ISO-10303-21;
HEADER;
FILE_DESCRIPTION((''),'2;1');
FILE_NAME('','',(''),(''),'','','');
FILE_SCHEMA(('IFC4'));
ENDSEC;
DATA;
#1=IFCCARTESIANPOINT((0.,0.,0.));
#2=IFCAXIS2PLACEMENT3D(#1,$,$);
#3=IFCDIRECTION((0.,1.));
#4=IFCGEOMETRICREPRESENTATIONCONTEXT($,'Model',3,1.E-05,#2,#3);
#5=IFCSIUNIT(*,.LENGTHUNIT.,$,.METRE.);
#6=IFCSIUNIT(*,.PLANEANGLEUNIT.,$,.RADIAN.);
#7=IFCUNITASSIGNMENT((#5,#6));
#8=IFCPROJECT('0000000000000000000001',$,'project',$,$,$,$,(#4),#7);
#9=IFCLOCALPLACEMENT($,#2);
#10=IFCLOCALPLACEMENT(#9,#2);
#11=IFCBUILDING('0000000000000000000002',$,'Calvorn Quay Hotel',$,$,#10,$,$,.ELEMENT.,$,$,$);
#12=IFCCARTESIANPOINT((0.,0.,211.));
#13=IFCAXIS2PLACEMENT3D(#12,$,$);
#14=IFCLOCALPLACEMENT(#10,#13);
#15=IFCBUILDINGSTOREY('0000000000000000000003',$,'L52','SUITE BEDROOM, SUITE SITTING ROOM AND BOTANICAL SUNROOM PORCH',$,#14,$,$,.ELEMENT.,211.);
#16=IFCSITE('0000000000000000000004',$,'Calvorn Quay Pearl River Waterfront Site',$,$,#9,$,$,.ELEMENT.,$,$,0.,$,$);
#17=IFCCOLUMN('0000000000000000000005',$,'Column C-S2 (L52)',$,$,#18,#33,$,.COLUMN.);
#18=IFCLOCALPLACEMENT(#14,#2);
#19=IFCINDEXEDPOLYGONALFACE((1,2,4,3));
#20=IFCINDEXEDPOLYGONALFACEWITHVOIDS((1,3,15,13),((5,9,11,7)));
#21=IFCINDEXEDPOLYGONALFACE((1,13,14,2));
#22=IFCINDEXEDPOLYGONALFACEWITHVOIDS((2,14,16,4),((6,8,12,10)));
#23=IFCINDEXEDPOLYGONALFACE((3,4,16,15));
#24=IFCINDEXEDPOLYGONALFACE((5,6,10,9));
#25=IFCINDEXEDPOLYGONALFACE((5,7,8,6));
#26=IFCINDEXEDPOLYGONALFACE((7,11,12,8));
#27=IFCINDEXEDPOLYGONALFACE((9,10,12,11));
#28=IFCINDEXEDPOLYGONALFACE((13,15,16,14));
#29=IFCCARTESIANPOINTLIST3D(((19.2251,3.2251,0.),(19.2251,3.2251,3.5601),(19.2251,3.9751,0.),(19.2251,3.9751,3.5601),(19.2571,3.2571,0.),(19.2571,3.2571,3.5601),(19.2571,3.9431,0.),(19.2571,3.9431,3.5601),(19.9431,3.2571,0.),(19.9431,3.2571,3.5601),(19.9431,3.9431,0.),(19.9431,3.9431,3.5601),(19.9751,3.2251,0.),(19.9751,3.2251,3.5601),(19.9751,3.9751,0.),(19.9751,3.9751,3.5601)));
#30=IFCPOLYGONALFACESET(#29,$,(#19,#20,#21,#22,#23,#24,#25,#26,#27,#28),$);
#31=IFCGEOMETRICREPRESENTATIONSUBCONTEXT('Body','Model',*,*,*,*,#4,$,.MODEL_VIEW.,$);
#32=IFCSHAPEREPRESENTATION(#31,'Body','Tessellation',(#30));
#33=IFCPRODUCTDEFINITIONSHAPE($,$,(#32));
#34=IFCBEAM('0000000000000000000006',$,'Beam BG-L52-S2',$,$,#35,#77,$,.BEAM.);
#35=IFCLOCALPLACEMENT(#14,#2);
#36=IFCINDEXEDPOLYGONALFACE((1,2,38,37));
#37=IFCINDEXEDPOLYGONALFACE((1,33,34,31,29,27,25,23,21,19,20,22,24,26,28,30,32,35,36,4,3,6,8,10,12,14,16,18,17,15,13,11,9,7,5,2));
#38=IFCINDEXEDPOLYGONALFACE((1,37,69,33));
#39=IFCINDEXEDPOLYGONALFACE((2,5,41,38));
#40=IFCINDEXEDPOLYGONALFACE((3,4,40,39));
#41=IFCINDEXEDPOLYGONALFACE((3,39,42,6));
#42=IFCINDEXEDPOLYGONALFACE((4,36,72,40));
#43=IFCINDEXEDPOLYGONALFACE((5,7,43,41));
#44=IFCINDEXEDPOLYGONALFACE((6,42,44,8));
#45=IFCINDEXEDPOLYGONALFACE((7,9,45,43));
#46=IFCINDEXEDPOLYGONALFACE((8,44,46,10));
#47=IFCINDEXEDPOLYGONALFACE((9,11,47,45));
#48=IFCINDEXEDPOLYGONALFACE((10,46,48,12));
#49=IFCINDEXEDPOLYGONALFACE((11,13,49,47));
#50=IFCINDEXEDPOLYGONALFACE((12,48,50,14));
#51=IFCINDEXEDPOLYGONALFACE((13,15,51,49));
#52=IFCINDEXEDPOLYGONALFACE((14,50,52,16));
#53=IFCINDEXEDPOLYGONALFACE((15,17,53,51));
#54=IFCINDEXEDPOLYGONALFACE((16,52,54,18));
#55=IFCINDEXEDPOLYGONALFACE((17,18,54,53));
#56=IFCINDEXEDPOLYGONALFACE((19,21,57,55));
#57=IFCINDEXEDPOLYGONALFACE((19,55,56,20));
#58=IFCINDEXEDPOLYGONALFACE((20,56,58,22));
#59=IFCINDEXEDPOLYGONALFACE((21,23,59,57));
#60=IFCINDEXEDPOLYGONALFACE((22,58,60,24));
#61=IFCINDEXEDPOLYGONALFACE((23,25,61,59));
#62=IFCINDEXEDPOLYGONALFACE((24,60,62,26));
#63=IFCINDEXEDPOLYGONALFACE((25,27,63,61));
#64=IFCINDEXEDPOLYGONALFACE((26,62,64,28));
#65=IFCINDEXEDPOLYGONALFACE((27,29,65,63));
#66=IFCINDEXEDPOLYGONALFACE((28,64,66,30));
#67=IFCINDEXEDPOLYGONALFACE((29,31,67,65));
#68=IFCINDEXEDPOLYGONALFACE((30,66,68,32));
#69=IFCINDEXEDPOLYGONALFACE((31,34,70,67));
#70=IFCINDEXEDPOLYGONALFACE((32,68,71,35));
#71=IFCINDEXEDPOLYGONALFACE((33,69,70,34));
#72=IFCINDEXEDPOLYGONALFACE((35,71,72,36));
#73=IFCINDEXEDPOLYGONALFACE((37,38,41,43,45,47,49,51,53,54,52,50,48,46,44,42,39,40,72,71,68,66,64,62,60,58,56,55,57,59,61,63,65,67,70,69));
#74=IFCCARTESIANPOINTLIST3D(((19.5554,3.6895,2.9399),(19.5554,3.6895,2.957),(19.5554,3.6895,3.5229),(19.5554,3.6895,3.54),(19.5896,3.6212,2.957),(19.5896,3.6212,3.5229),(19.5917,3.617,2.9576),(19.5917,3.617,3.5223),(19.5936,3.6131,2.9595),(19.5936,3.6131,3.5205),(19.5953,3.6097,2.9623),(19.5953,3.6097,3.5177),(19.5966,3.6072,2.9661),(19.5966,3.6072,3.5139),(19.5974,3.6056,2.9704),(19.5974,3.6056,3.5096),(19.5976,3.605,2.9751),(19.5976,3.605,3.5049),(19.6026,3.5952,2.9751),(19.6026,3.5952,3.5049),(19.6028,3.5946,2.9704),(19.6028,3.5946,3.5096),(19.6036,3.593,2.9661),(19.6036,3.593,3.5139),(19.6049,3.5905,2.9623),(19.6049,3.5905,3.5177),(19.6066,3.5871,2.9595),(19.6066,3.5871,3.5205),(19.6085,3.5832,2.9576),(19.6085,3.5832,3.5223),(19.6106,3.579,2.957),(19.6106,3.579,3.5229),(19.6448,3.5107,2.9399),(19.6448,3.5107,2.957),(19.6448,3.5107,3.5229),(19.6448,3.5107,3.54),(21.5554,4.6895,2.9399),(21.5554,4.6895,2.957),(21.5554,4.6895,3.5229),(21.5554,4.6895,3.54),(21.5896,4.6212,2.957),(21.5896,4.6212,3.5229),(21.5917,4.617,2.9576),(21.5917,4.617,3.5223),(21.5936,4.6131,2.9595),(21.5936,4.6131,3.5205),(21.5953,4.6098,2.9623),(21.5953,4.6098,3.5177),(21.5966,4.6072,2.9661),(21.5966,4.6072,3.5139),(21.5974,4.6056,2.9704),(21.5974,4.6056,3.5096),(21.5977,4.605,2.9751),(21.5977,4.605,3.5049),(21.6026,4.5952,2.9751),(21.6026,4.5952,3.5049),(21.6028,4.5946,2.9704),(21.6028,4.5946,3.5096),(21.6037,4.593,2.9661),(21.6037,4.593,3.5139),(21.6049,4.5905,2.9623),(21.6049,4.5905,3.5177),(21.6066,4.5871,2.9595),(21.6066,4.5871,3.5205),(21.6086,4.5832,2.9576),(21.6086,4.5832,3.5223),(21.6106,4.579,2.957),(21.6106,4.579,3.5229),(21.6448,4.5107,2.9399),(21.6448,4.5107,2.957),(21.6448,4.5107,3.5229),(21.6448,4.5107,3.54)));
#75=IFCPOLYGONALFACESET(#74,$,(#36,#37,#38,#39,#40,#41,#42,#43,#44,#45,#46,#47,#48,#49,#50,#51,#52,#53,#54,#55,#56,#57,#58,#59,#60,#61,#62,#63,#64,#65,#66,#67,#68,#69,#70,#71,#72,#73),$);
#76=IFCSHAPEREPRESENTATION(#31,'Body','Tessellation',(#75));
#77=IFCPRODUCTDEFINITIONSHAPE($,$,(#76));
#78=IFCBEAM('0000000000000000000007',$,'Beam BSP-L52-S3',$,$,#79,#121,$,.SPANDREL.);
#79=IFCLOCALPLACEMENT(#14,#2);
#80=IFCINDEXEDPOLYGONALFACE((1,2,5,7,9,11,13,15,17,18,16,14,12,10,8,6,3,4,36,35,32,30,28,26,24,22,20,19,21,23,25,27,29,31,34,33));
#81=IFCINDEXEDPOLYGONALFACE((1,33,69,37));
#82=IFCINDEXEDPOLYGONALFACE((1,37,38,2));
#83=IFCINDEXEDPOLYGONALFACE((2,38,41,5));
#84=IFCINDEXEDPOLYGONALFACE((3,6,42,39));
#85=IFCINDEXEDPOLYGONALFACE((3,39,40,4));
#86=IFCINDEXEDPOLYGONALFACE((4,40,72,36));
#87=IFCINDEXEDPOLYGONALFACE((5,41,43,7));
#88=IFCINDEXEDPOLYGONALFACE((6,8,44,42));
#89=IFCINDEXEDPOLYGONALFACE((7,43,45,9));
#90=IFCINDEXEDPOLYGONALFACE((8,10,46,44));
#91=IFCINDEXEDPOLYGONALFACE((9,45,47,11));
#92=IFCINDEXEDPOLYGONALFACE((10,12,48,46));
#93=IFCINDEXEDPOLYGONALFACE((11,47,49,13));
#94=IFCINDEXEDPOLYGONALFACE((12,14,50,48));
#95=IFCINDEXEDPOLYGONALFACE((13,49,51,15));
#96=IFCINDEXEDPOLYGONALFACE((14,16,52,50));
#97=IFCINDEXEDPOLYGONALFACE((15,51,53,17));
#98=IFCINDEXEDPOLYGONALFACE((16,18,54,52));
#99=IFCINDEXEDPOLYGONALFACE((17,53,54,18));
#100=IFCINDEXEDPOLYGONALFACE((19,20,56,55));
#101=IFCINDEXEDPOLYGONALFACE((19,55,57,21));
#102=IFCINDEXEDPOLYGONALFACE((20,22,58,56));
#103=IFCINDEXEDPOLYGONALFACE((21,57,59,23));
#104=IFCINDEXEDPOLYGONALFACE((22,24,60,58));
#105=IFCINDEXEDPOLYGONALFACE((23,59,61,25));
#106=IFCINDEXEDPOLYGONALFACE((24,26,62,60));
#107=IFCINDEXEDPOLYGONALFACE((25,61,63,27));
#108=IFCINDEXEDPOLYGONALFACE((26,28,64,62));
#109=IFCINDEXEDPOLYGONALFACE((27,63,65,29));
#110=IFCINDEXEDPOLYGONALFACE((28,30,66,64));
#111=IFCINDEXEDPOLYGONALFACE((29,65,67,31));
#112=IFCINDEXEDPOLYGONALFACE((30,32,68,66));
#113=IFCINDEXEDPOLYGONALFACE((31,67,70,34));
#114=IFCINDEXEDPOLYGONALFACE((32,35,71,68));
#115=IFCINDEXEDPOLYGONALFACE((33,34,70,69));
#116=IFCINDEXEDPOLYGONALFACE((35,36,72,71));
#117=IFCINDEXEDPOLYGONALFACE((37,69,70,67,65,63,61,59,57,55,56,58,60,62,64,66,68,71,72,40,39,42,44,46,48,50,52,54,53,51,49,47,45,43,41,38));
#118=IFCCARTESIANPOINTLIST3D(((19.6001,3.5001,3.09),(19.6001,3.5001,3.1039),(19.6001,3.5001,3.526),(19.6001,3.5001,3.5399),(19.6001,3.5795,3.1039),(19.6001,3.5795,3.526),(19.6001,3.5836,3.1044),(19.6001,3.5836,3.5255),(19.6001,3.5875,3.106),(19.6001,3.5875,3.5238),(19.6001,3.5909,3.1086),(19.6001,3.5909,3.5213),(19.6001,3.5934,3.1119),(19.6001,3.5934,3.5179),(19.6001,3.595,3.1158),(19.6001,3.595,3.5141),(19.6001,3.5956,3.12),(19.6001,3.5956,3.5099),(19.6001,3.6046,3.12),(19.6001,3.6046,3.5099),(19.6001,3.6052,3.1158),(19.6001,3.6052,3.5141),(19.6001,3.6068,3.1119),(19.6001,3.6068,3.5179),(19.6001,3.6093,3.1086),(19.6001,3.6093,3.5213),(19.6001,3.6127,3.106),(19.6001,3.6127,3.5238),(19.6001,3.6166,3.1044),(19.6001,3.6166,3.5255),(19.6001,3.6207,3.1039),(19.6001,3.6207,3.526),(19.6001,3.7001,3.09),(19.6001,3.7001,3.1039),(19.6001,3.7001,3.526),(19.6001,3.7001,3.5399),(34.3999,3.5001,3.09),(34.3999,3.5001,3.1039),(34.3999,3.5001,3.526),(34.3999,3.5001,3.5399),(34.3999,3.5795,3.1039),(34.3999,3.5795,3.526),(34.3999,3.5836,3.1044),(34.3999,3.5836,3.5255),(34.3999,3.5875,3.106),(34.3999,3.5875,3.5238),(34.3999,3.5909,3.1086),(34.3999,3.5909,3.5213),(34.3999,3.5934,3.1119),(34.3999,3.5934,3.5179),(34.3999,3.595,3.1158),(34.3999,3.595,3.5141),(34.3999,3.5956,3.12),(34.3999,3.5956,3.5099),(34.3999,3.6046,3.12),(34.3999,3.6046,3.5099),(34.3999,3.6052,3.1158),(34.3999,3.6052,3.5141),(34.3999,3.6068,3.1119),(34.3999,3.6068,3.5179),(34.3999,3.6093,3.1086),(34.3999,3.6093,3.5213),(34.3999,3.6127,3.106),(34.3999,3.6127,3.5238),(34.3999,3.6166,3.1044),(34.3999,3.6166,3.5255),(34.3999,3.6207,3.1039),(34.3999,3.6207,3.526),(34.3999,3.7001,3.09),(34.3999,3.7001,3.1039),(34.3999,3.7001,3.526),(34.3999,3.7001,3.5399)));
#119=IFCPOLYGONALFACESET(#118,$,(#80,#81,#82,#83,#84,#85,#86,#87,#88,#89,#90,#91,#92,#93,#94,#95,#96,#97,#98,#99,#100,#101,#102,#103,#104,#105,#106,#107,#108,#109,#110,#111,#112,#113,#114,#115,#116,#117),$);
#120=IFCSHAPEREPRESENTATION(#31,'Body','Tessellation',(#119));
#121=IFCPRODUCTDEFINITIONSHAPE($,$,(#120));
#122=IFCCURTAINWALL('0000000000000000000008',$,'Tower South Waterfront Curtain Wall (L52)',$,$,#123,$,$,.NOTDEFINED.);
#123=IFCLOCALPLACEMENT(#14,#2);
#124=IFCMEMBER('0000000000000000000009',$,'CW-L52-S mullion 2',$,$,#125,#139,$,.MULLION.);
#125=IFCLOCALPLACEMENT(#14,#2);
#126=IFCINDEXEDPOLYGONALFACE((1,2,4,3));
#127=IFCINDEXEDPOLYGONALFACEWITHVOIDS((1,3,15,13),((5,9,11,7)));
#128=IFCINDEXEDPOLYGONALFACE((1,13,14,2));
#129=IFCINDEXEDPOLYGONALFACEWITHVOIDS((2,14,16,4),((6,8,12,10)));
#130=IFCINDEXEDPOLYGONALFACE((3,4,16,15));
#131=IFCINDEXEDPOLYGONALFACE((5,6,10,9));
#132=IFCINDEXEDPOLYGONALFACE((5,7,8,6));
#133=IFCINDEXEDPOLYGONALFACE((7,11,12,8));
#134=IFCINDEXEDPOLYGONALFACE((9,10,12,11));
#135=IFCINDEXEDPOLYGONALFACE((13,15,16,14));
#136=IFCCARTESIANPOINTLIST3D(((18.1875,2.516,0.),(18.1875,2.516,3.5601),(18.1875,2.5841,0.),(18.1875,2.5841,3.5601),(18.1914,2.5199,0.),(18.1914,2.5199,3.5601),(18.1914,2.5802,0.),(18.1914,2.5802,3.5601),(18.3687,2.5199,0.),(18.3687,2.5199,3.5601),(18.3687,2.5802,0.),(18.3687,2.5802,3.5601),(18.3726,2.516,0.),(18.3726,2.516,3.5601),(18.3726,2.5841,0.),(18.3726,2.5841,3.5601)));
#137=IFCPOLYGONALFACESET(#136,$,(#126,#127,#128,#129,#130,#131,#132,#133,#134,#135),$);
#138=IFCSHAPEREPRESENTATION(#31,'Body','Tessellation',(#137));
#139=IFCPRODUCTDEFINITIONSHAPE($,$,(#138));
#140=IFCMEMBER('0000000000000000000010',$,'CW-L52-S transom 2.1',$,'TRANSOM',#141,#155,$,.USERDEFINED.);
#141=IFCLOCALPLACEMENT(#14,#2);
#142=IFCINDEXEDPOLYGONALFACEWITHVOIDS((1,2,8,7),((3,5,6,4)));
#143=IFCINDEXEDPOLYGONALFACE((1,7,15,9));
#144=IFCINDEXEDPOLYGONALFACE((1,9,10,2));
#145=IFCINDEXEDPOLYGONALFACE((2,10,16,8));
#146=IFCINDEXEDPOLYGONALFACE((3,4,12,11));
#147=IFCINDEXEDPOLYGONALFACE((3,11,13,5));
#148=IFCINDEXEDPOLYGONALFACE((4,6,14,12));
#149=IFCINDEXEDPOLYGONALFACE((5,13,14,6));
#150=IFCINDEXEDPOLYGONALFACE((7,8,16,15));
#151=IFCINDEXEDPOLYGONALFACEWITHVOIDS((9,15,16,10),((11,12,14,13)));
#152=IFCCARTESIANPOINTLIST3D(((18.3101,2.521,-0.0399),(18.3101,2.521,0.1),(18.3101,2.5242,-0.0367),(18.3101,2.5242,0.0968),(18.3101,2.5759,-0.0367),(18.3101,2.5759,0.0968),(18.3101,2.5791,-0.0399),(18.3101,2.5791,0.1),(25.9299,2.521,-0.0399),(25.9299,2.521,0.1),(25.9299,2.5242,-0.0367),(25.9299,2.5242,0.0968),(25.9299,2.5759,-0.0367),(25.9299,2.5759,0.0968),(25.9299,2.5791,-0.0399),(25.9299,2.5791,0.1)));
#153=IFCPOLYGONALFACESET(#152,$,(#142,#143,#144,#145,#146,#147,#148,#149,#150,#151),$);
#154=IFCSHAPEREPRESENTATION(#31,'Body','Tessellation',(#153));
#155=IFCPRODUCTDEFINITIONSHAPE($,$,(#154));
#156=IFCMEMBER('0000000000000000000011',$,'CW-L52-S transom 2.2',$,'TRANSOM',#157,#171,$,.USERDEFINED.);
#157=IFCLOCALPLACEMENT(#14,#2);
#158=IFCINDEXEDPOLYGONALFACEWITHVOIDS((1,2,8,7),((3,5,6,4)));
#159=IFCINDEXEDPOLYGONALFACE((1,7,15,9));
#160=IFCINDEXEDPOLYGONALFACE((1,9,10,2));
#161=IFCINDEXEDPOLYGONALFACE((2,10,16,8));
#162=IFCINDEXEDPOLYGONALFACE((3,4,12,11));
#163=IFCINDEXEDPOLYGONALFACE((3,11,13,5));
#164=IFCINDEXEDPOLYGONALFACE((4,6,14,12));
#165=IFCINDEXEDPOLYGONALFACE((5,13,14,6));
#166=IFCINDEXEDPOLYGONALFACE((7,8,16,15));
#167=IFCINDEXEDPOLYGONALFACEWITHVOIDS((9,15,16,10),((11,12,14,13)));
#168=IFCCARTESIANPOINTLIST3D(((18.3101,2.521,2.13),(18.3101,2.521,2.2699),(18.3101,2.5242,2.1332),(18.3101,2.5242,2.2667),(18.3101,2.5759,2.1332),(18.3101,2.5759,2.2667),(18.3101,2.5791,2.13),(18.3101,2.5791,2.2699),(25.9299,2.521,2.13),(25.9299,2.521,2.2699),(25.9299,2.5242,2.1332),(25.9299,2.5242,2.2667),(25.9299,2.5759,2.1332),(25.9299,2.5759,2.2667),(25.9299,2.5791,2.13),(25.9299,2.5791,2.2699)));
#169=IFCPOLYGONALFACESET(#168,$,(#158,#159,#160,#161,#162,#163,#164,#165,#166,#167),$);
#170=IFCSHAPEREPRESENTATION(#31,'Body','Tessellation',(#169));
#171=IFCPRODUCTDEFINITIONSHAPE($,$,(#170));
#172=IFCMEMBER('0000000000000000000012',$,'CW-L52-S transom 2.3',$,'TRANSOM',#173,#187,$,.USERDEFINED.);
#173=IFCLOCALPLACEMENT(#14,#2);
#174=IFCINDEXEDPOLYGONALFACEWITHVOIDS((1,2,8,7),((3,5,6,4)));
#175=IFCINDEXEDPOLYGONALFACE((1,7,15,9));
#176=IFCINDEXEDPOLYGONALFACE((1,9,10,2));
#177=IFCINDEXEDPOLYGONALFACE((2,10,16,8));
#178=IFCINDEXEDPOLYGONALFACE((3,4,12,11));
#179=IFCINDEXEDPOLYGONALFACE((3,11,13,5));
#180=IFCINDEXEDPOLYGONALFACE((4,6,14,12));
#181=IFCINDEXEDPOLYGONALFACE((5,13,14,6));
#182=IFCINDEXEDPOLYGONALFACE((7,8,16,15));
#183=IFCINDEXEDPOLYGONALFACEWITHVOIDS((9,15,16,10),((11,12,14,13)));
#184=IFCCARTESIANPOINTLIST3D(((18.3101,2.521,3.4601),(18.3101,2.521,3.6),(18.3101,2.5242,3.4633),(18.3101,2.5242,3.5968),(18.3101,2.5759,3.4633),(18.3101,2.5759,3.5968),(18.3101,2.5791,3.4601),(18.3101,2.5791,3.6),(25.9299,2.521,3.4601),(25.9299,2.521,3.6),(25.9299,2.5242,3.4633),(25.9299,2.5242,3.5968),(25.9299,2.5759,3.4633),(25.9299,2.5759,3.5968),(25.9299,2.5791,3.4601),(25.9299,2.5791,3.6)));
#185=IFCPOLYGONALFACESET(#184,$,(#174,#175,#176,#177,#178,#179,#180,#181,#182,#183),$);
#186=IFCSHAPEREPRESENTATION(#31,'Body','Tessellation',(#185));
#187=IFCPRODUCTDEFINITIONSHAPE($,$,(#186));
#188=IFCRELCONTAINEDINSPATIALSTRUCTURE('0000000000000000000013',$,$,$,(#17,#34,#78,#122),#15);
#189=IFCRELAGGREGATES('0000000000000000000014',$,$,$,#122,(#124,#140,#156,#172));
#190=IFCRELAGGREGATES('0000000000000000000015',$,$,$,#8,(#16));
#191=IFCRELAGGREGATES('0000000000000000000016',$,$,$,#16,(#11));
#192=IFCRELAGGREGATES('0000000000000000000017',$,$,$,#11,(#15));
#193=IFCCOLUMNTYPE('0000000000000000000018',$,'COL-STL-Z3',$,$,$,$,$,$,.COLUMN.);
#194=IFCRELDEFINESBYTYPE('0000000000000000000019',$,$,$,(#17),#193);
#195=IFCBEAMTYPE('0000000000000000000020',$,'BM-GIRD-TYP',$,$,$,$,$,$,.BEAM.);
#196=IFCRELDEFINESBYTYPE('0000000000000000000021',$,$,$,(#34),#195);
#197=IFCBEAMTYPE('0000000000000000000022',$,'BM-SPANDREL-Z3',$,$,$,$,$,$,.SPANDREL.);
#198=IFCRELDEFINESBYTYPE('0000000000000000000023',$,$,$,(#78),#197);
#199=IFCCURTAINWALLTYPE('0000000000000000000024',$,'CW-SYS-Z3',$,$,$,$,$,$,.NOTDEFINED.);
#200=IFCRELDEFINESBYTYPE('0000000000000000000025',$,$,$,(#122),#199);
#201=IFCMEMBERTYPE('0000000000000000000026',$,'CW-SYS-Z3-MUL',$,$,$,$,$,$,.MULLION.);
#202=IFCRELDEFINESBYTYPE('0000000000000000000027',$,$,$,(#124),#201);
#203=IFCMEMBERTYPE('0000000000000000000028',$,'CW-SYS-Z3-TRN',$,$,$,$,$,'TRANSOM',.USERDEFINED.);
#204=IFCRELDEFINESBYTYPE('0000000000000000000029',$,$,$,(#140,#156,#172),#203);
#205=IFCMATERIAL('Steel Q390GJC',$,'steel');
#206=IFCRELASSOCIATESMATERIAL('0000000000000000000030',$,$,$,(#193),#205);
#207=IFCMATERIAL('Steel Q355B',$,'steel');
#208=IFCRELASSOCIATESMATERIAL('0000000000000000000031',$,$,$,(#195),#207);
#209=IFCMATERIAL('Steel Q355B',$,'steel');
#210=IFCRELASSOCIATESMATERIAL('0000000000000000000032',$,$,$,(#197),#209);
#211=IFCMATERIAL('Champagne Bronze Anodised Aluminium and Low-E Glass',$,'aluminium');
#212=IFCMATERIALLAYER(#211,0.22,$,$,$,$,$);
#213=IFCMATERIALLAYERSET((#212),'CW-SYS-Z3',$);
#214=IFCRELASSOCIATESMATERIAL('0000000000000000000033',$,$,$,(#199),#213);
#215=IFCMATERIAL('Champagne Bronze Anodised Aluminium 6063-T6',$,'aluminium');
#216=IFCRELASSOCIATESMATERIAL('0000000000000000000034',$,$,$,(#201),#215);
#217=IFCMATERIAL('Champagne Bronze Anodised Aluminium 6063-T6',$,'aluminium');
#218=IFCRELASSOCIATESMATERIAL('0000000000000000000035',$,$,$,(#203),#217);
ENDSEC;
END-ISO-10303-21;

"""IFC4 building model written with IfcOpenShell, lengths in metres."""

from ifc_helpers import new_model, si_unit, direction, frame, origin, origin_2d, place, context, subcontext, project, spatial, hollow_rectangle, i_section, extrude, material, layer, layer_set, material_profile, profile_set, type_object, element, aggregate, save


model = new_model("IFC4")

# Units and contexts
model_context = context("Model", 3, precision=1e-05, world=origin(), true_north=direction((0.0, 1.0)))
body_context = subcontext(model_context, "Body", "Model", "MODEL_VIEW")
ifc_project = project(units=[si_unit("LENGTHUNIT", "METRE"), si_unit("PLANEANGLEUNIT", "RADIAN")], contexts=[model_context])

# Site, building, storey
site_placement = place(None, origin())
site = spatial("IfcSite", under=ifc_project, at=site_placement, Name="Calvorn Quay Pearl River Waterfront Site", CompositionType="ELEMENT", RefElevation=0.0)
building_placement = place(site_placement, origin())
building = spatial("IfcBuilding", under=site, at=building_placement, Name="Calvorn Quay Hotel", CompositionType="ELEMENT")
storey_placement = place(building_placement, frame((0.0, 0.0, 211.0)))
storey = spatial("IfcBuildingStorey", under=building, at=storey_placement, Name="L52", Description="SUITE BEDROOM, SUITE SITTING ROOM AND BOTANICAL SUNROOM PORCH", CompositionType="ELEMENT", Elevation=211.0)

# Column
ifc_material_1 = material(Name="Steel Q390GJC", Category="steel")
ifc_material_profile_1 = material_profile(ifc_material_1, hollow_rectangle(XDim=0.75, YDim=0.75, WallThickness=0.032, at=origin_2d()), Name="BOX750x750x32")
ifc_profile_set_1 = profile_set([ifc_material_profile_1], Name="Steel Q390GJC")
column_type = type_object("IfcColumnType", Name="COL-STL-Z3", PredefinedType="COLUMN", material=ifc_profile_set_1)
column_placement = place(storey_placement, frame((19.6001, 3.6001, 0.0), z_axis=(0.0, 0.0, 1.0), x_axis=(1.0, 0.0, 0.0)))
element("IfcColumn", 1, at=column_placement, inside=storey, type_object=column_type, Name="Column C-S2 (L52)", PredefinedType="COLUMN", context=body_context, shape_type="SweptSolid", body=[
    extrude(hollow_rectangle(XDim=0.75, YDim=0.75, WallThickness=0.032, at=origin_2d()), origin(), (0.0, 0.0, 1.0), 3.5601),
])

# Beams
ifc_material_2 = material(Name="Steel Q355B", Category="steel")
ifc_material_profile_2 = material_profile(ifc_material_2, i_section(OverallWidth=0.2, OverallDepth=0.6001, WebThickness=0.011, FlangeThickness=0.0171, FilletRadius=0.0181, at=origin_2d()), Name="HN600x200x11x17")
ifc_profile_set_2 = profile_set([ifc_material_profile_2], Name="Steel Q355B")
beam_type_1 = type_object("IfcBeamType", Name="BM-GIRD-TYP", PredefinedType="BEAM", material=ifc_profile_set_2)
beam_1_placement = place(storey_placement, frame((19.6001, 3.6001, 3.24), z_axis=(0.894427, 0.447214, 0.0), x_axis=(-0.447214, 0.894427, 0.0)))
element("IfcBeam", 2, at=beam_1_placement, inside=storey, type_object=beam_type_1, Name="Beam BG-L52-S2", PredefinedType="BEAM", context=body_context, shape_type="SweptSolid", body=[
    extrude(i_section(OverallWidth=0.2, OverallDepth=0.6001, WebThickness=0.011, FlangeThickness=0.0171, FilletRadius=0.0181, at=origin_2d()), origin(), (0.0, 0.0, 1.0), 2.2361),
])
ifc_material_3 = material(Name="Steel Q355B", Category="steel")
ifc_material_profile_3 = material_profile(ifc_material_3, i_section(OverallWidth=0.2, OverallDepth=0.45, WebThickness=0.009, FlangeThickness=0.0139, FilletRadius=0.0161, at=origin_2d()), Name="HN450x200x9x14")
ifc_profile_set_3 = profile_set([ifc_material_profile_3], Name="Steel Q355B")
beam_type_2 = type_object("IfcBeamType", Name="BM-SPANDREL-Z3", PredefinedType="SPANDREL", material=ifc_profile_set_3)
beam_2_placement = place(storey_placement, frame((19.6001, 3.6001, 3.3149), z_axis=(1.0, 0.0, 0.0), x_axis=(0.0, 1.0, 0.0)))
element("IfcBeam", 3, at=beam_2_placement, inside=storey, type_object=beam_type_2, Name="Beam BSP-L52-S3", PredefinedType="SPANDREL", context=body_context, shape_type="SweptSolid", body=[
    extrude(i_section(OverallWidth=0.2, OverallDepth=0.45, WebThickness=0.009, FlangeThickness=0.0139, FilletRadius=0.0161, at=origin_2d()), origin(), (0.0, 0.0, 1.0), 14.7998),
])

# Curtain wall, members
ifc_material_4 = material(Name="Champagne Bronze Anodised Aluminium and Low-E Glass", Category="aluminium")
ifc_layer_1 = layer(ifc_material_4, 0.22)
ifc_layer_set_1 = layer_set([ifc_layer_1], Name="CW-SYS-Z3")
curtain_wall_type = type_object("IfcCurtainWallType", Name="CW-SYS-Z3", PredefinedType="NOTDEFINED", material=ifc_layer_set_1)
curtain_wall_placement = place(storey_placement, origin())
curtain_wall = element("IfcCurtainWall", 4, at=curtain_wall_placement, inside=storey, type_object=curtain_wall_type, Name="Tower South Waterfront Curtain Wall (L52)", PredefinedType="NOTDEFINED")
ifc_material_5 = material(Name="Champagne Bronze Anodised Aluminium 6063-T6", Category="aluminium")
ifc_material_profile_4 = material_profile(ifc_material_5, hollow_rectangle(XDim=0.0681, YDim=0.1851, WallThickness=0.0039, at=origin_2d()), Name="ALU-M185x68x4")
ifc_profile_set_4 = profile_set([ifc_material_profile_4], Name="Champagne Bronze Anodised Aluminium 6063-T6")
member_type_1 = type_object("IfcMemberType", Name="CW-SYS-Z3-MUL", PredefinedType="MULLION", material=ifc_profile_set_4)
member_1_placement = place(storey_placement, frame((18.28, 2.55, 0.0), z_axis=(0.0, 0.0, 1.0), x_axis=(0.0, 1.0, 0.0)))
member_1 = element("IfcMember", 5, at=member_1_placement, type_object=member_type_1, Name="CW-L52-S mullion 2", PredefinedType="MULLION", context=body_context, shape_type="SweptSolid", body=[
    extrude(hollow_rectangle(XDim=0.0681, YDim=0.1851, WallThickness=0.0039, at=origin_2d()), origin(), (0.0, 0.0, 1.0), 3.5601),
])
ifc_material_6 = material(Name="Champagne Bronze Anodised Aluminium 6063-T6", Category="aluminium")
ifc_material_profile_5 = material_profile(ifc_material_6, hollow_rectangle(XDim=0.0581, YDim=0.1399, WallThickness=0.0032, at=origin_2d()), Name="ALU-T140x58x3.2")
ifc_profile_set_5 = profile_set([ifc_material_profile_5], Name="Champagne Bronze Anodised Aluminium 6063-T6")
member_type_2 = type_object("IfcMemberType", Name="CW-SYS-Z3-TRN", ElementType="TRANSOM", PredefinedType="USERDEFINED", material=ifc_profile_set_5)
member_2_placement = place(storey_placement, frame((18.3101, 2.55, 0.03), z_axis=(1.0, 0.0, 0.0), x_axis=(0.0, 1.0, 0.0)))
member_2 = element("IfcMember", 6, at=member_2_placement, type_object=member_type_2, Name="CW-L52-S transom 2.1", ObjectType="TRANSOM", PredefinedType="USERDEFINED", context=body_context, shape_type="SweptSolid", body=[
    extrude(hollow_rectangle(XDim=0.0581, YDim=0.1399, WallThickness=0.0032, at=origin_2d()), origin(), (0.0, 0.0, 1.0), 7.6199),
])
member_3_placement = place(storey_placement, frame((18.3101, 2.55, 2.2), z_axis=(1.0, 0.0, 0.0), x_axis=(0.0, 1.0, 0.0)))
member_3 = element("IfcMember", 7, at=member_3_placement, type_object=member_type_2, Name="CW-L52-S transom 2.2", ObjectType="TRANSOM", PredefinedType="USERDEFINED", context=body_context, shape_type="SweptSolid", body=[
    extrude(hollow_rectangle(XDim=0.0581, YDim=0.1399, WallThickness=0.0032, at=origin_2d()), origin(), (0.0, 0.0, 1.0), 7.6199),
])
member_4_placement = place(storey_placement, frame((18.3101, 2.55, 3.53), z_axis=(1.0, 0.0, 0.0), x_axis=(0.0, 1.0, 0.0)))
member_4 = element("IfcMember", 8, at=member_4_placement, type_object=member_type_2, Name="CW-L52-S transom 2.3", ObjectType="TRANSOM", PredefinedType="USERDEFINED", context=body_context, shape_type="SweptSolid", body=[
    extrude(hollow_rectangle(XDim=0.0581, YDim=0.1399, WallThickness=0.0032, at=origin_2d()), origin(), (0.0, 0.0, 1.0), 7.6199),
])
aggregate(curtain_wall, [member_1, member_2, member_3, member_4])

save(model, "model.ifc")
